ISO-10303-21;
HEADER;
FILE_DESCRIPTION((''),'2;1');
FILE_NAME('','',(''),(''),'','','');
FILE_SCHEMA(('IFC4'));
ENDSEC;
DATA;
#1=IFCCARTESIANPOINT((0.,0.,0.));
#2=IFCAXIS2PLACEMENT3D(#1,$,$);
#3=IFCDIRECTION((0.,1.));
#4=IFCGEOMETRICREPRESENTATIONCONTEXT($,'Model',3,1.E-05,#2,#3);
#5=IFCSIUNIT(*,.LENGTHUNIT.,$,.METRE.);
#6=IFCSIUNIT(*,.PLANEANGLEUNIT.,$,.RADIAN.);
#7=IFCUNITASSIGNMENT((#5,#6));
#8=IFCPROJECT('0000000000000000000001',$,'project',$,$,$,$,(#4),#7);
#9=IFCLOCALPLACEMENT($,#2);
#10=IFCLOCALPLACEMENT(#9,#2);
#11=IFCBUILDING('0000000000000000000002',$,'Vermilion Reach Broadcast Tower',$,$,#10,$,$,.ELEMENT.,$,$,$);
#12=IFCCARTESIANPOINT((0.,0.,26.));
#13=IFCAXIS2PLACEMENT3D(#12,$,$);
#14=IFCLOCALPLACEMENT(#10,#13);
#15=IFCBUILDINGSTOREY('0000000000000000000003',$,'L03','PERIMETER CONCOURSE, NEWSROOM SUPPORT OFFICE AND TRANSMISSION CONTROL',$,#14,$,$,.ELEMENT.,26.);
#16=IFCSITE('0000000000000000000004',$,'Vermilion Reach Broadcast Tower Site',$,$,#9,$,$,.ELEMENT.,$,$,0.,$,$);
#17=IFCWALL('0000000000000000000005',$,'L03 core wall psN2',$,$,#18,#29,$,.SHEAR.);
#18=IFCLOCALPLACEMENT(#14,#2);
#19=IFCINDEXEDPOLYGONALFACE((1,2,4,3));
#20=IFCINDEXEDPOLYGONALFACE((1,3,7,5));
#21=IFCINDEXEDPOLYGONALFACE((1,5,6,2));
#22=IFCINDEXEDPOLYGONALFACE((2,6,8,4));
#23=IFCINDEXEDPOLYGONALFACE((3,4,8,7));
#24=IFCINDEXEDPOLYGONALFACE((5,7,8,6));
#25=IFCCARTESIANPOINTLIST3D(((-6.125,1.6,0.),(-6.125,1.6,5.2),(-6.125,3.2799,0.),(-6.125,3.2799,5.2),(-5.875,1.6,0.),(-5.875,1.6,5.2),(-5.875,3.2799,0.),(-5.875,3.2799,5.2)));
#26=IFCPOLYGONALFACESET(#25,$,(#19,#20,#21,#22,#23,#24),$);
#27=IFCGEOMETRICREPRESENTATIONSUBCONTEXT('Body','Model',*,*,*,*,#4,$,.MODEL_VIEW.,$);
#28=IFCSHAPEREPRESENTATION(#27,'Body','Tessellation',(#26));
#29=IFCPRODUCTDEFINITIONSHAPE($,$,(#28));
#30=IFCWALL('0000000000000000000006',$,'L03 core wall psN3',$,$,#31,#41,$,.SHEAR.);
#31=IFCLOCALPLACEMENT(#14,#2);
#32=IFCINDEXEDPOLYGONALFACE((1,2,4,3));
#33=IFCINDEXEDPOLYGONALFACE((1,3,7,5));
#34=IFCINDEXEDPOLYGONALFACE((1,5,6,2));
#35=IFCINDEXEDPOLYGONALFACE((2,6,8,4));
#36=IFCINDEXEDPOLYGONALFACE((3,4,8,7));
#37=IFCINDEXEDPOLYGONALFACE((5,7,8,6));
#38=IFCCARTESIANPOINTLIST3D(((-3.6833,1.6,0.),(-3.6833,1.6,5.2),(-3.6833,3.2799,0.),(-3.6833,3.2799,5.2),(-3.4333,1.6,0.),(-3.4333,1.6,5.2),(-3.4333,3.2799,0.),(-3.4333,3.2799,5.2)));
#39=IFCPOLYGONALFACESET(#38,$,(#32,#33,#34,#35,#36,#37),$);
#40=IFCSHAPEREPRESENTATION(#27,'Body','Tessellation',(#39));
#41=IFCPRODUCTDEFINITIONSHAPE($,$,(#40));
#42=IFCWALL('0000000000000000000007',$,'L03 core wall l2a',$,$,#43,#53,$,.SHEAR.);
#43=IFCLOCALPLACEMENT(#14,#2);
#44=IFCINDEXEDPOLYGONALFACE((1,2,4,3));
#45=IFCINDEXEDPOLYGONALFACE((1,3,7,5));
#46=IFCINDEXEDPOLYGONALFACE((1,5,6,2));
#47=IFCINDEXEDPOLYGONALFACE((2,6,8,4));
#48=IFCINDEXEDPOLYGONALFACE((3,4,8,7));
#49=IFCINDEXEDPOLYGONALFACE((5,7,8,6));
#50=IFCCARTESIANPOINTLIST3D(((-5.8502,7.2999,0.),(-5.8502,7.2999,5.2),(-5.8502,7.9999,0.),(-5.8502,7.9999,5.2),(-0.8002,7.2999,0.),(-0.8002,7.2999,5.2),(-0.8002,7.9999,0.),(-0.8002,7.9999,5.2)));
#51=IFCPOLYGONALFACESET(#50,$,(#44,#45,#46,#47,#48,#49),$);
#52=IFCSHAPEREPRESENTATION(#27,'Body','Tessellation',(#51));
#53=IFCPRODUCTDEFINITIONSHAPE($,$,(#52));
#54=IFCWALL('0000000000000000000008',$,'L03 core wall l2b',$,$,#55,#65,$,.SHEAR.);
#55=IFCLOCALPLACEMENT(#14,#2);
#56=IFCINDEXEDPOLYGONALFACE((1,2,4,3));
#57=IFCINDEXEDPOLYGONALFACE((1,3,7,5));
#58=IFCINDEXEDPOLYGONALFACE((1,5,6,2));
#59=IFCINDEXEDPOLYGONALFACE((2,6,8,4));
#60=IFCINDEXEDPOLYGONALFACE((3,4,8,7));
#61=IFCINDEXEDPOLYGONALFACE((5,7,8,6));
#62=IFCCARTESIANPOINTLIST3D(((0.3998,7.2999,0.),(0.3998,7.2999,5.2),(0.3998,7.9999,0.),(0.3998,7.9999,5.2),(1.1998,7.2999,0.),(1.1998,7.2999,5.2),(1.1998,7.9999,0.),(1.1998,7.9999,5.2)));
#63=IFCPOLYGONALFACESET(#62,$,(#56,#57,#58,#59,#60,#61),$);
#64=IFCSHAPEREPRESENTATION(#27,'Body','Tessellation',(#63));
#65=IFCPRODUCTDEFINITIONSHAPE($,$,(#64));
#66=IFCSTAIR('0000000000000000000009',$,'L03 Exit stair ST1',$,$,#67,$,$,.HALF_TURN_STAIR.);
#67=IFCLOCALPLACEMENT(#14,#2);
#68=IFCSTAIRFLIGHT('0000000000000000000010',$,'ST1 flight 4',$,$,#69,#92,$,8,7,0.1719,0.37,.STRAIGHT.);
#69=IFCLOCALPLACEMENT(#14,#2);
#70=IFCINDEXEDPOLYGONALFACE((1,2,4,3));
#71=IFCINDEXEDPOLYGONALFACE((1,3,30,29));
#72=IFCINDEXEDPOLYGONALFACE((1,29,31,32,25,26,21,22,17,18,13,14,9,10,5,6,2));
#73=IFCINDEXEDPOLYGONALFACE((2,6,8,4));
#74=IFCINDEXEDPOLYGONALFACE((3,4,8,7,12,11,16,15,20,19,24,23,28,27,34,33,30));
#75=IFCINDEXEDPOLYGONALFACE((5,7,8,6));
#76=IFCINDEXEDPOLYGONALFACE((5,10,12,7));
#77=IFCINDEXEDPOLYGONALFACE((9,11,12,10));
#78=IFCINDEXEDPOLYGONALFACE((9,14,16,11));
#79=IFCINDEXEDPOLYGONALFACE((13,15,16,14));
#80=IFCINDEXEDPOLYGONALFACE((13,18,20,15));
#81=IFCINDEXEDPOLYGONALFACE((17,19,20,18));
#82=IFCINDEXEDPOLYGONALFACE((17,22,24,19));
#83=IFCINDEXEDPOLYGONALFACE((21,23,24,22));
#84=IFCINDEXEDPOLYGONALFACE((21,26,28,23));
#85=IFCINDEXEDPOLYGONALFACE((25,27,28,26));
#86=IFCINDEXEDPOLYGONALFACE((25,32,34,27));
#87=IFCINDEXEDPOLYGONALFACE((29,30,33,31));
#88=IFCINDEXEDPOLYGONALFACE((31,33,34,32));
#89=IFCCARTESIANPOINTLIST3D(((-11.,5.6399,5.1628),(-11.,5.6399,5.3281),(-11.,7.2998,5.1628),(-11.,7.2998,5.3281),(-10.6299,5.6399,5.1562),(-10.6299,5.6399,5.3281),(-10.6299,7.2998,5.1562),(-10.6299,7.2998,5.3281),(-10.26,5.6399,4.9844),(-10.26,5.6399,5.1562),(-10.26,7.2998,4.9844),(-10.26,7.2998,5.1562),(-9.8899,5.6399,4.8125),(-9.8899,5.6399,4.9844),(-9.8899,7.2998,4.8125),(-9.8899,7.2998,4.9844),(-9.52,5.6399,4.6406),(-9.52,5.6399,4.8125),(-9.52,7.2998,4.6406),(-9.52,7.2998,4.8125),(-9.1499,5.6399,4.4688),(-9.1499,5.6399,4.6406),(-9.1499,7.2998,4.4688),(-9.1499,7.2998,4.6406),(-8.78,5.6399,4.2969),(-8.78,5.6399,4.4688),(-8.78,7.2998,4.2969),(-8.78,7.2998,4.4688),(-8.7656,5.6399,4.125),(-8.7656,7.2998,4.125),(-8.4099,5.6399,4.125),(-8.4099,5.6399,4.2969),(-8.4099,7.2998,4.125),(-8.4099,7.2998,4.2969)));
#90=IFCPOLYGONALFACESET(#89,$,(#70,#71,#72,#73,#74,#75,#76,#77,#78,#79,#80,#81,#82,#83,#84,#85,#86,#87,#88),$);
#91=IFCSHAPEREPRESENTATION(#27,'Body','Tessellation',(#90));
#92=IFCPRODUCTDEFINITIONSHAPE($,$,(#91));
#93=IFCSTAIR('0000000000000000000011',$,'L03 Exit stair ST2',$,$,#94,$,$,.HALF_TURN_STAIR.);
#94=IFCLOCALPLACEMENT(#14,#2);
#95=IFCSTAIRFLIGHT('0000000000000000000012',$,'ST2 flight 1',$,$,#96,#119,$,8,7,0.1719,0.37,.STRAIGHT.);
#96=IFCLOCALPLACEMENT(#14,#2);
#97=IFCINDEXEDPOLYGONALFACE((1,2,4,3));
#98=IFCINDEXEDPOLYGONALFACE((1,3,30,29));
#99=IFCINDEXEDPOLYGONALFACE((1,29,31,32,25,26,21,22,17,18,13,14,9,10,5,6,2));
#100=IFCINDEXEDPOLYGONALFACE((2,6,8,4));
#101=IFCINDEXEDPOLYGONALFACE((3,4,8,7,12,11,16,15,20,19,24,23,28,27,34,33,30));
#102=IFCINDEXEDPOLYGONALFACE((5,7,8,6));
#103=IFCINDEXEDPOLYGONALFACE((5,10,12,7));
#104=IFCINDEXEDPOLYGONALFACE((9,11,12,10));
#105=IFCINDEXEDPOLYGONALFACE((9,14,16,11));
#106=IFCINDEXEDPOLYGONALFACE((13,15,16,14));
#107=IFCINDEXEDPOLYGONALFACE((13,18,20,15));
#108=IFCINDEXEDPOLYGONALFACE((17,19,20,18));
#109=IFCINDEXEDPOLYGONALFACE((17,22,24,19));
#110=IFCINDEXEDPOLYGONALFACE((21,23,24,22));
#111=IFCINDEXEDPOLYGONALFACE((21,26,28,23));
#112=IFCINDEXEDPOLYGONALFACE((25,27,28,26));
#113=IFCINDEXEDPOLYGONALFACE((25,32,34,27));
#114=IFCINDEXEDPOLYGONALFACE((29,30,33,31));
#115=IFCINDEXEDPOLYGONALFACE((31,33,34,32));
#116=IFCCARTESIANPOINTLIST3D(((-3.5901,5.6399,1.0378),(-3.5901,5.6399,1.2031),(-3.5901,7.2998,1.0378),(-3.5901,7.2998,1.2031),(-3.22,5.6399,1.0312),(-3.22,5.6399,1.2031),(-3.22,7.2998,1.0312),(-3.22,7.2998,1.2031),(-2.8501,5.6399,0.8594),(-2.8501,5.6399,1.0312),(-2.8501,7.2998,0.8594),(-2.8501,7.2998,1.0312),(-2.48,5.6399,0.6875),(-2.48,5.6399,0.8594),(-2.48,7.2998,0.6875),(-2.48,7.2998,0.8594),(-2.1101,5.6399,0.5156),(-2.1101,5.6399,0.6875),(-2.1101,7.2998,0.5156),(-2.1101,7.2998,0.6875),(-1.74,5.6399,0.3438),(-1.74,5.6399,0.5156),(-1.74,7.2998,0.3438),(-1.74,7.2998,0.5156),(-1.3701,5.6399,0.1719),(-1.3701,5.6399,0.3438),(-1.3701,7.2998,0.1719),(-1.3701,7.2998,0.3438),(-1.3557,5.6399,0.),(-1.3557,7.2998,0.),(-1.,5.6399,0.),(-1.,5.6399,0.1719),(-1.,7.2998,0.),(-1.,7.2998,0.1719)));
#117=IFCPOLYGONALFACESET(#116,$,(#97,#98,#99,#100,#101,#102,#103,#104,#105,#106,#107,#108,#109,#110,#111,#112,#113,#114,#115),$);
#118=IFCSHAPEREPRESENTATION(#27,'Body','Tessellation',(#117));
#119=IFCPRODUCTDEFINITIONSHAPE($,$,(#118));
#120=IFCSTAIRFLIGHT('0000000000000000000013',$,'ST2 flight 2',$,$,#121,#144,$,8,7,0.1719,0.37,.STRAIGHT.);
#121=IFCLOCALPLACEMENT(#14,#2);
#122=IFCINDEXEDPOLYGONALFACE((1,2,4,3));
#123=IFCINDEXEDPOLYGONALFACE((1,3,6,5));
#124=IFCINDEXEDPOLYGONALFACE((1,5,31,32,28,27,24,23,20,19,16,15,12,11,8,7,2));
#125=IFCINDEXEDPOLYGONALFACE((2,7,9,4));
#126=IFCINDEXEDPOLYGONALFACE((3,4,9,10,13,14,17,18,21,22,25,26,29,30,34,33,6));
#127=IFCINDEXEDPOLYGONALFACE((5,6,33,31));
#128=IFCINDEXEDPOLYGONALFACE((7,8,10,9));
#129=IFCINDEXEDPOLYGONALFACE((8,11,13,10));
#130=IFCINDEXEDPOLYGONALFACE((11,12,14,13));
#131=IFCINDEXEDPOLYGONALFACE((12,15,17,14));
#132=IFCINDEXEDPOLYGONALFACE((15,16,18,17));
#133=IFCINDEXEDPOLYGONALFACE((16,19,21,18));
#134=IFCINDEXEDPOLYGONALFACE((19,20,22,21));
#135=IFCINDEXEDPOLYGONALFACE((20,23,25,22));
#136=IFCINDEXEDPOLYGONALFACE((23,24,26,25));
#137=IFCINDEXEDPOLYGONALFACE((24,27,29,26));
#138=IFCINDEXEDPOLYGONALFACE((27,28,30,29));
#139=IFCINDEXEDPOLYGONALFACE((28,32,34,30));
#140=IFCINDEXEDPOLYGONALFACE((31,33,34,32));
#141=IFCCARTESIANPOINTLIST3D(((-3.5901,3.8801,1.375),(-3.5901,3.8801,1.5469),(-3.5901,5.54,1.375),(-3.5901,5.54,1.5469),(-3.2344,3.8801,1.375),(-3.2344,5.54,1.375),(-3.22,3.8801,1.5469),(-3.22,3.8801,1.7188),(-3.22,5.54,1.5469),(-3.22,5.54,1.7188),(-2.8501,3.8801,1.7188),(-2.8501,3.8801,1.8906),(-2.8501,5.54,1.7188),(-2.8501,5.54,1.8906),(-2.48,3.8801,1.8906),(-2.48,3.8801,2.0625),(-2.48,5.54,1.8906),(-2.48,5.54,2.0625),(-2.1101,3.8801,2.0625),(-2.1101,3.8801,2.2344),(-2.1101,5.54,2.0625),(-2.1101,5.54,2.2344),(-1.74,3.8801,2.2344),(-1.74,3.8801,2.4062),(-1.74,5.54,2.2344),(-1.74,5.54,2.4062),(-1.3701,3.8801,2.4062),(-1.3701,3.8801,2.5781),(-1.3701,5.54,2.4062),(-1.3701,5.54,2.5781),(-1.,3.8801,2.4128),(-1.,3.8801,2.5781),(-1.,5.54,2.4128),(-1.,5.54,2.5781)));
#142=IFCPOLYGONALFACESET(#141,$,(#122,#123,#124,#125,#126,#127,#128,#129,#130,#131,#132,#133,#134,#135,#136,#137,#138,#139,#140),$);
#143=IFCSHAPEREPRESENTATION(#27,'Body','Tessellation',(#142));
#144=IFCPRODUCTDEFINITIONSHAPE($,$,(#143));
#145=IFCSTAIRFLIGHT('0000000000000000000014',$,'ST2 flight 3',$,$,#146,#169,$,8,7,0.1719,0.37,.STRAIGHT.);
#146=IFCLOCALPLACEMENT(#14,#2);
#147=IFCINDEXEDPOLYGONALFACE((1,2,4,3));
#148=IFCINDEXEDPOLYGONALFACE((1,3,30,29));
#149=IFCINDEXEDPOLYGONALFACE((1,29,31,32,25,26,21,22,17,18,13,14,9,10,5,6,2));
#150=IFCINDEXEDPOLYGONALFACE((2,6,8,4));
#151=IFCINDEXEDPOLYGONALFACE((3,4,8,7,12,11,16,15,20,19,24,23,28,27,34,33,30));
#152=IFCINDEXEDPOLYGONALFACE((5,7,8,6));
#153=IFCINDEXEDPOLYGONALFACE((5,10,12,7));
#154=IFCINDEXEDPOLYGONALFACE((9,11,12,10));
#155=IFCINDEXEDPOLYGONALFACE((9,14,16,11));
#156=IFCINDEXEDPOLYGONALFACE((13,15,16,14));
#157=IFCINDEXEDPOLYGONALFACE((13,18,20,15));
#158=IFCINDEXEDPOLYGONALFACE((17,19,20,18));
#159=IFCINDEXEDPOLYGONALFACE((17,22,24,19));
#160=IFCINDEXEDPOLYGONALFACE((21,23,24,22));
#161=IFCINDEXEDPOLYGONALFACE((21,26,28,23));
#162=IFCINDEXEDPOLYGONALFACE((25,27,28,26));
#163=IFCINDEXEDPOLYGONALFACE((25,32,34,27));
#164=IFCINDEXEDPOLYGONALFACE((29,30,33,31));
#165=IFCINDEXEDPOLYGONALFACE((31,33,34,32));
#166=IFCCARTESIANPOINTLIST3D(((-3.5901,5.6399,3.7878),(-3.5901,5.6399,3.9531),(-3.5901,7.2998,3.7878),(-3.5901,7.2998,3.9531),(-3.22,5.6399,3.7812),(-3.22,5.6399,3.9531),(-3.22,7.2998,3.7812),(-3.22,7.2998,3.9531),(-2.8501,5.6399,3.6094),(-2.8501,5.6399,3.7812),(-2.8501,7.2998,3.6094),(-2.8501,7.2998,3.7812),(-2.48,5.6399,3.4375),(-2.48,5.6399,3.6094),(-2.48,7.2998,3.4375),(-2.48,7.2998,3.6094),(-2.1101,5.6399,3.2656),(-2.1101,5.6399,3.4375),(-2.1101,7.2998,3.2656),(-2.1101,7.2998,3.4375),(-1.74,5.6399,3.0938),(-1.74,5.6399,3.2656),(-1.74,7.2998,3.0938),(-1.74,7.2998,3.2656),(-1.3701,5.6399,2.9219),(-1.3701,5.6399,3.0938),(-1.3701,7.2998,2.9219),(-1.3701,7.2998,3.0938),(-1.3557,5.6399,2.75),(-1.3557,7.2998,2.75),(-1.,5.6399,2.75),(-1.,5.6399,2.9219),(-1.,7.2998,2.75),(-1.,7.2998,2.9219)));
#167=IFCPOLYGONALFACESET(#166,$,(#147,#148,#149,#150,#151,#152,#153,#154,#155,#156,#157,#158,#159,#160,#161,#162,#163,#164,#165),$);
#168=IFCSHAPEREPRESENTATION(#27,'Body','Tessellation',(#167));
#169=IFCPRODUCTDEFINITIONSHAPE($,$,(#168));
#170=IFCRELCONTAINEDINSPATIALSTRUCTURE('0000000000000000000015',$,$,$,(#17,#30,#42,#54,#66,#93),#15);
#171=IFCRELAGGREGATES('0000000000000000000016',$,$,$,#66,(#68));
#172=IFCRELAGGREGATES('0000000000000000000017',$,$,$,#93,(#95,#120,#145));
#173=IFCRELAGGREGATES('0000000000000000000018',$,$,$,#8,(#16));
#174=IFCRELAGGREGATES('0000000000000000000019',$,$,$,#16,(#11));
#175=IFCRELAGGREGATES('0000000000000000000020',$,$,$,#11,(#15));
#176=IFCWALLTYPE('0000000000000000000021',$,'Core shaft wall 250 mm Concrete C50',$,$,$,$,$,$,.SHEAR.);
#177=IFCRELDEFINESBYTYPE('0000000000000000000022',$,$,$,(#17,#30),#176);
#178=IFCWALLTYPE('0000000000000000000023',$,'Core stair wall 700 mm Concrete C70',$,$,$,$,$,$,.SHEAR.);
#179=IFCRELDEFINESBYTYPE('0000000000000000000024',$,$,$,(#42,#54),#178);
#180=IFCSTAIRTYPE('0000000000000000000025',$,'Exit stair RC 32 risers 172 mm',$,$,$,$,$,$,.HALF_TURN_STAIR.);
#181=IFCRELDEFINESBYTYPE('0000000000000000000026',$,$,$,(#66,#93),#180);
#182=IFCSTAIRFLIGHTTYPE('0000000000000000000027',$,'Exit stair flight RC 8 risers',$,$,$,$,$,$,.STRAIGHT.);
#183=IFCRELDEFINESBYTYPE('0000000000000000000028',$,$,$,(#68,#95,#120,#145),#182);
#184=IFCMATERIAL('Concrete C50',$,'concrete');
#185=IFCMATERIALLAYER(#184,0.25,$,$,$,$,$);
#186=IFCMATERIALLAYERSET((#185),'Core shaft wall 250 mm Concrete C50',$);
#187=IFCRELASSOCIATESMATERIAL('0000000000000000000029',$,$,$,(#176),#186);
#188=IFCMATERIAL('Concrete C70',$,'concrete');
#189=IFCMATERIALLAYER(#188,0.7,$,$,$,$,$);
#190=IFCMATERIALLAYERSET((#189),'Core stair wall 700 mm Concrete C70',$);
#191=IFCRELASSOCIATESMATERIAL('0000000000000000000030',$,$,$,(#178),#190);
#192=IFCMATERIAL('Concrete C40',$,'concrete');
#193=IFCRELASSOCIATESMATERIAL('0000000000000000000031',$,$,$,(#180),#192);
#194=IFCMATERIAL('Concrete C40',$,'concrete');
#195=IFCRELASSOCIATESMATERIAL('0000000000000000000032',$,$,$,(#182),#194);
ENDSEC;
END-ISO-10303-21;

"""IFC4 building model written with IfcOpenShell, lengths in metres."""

from ifc_helpers import new_model, si_unit, direction, frame, frame_2d, origin, place, context, subcontext, project, spatial, polyline, rectangle, outline, extrude, material, layer, layer_set, type_object, element, aggregate, save


model = new_model("IFC4")

# Units and contexts
model_context = context("Model", 3, precision=1e-05, world=origin(), true_north=direction((0.0, 1.0)))
body_context = subcontext(model_context, "Body", "Model", "MODEL_VIEW")
ifc_project = project(units=[si_unit("LENGTHUNIT", "METRE"), si_unit("PLANEANGLEUNIT", "RADIAN")], contexts=[model_context])

# Site, building, storey
site_placement = place(None, origin())
site = spatial("IfcSite", under=ifc_project, at=site_placement, Name="Vermilion Reach Broadcast Tower Site", CompositionType="ELEMENT", RefElevation=0.0)
building_placement = place(site_placement, origin())
building = spatial("IfcBuilding", under=site, at=building_placement, Name="Vermilion Reach Broadcast Tower", CompositionType="ELEMENT")
storey_placement = place(building_placement, frame((0.0, 0.0, 26.0)))
storey = spatial("IfcBuildingStorey", under=building, at=storey_placement, Name="L03", Description="PERIMETER CONCOURSE, NEWSROOM SUPPORT OFFICE AND TRANSMISSION CONTROL", CompositionType="ELEMENT", Elevation=26.0)

# Walls
ifc_material_1 = material(Name="Concrete C50", Category="concrete")
ifc_layer_1 = layer(ifc_material_1, 0.25)
ifc_layer_set_1 = layer_set([ifc_layer_1], Name="Core shaft wall 250 mm Concrete C50")
wall_type_1 = type_object("IfcWallType", Name="Core shaft wall 250 mm Concrete C50", PredefinedType="SHEAR", material=ifc_layer_set_1)
for number, where, z_axis, x_axis, name in (
    (1, (-6.0, 1.6001, 0.0), (0.0, 0.0, 1.0), (0.0, 1.0, 0.0), "L03 core wall psN2"),
    (2, (-3.5583, 1.6001, 0.0), (0.0, 0.0, 1.0), (0.0, 1.0, 0.0), "L03 core wall psN3"),
):
    element("IfcWall", number, at=place(storey_placement, frame(where, z_axis=z_axis, x_axis=x_axis)), inside=storey, type_object=wall_type_1, Name=name, PredefinedType="SHEAR", context=body_context, shape_type="SweptSolid", body=[
        extrude(rectangle(XDim=1.6799, YDim=0.25, at=frame_2d((0.8398, 0.0))), origin(), (0.0, 0.0, 1.0), 5.2),
    ])
ifc_material_2 = material(Name="Concrete C70", Category="concrete")
ifc_layer_2 = layer(ifc_material_2, 0.7)
ifc_layer_set_2 = layer_set([ifc_layer_2], Name="Core stair wall 700 mm Concrete C70")
wall_type_2 = type_object("IfcWallType", Name="Core stair wall 700 mm Concrete C70", PredefinedType="SHEAR", material=ifc_layer_set_2)
wall_1_placement = place(storey_placement, frame((-5.8501, 7.6499, 0.0), z_axis=(0.0, 0.0, 1.0), x_axis=(1.0, 0.0, 0.0)))
element("IfcWall", 3, at=wall_1_placement, inside=storey, type_object=wall_type_2, Name="L03 core wall l2a", PredefinedType="SHEAR", context=body_context, shape_type="SweptSolid", body=[
    extrude(rectangle(XDim=5.05, YDim=0.7, at=frame_2d((2.5249, 0.0))), origin(), (0.0, 0.0, 1.0), 5.2),
])
wall_2_placement = place(storey_placement, frame((0.3999, 7.6499, 0.0), z_axis=(0.0, 0.0, 1.0), x_axis=(1.0, 0.0, 0.0)))
element("IfcWall", 4, at=wall_2_placement, inside=storey, type_object=wall_type_2, Name="L03 core wall l2b", PredefinedType="SHEAR", context=body_context, shape_type="SweptSolid", body=[
    extrude(rectangle(XDim=0.8, YDim=0.7, at=frame_2d((0.3999, 0.0))), origin(), (0.0, 0.0, 1.0), 5.2),
])

# Stair, stair flight
ifc_material_3 = material(Name="Concrete C40", Category="concrete")
stair_type = type_object("IfcStairType", Name="Exit stair RC 32 risers 172 mm", PredefinedType="HALF_TURN_STAIR", material=ifc_material_3)
placement = place(storey_placement, origin())
stair_1 = element("IfcStair", 5, at=placement, inside=storey, type_object=stair_type, Name="L03 Exit stair ST1", PredefinedType="HALF_TURN_STAIR")
ifc_material_4 = material(Name="Concrete C40", Category="concrete")
stair_flight_type = type_object("IfcStairFlightType", Name="Exit stair flight RC 8 risers", PredefinedType="STRAIGHT", material=ifc_material_4)
stair_flight_1_placement = place(storey_placement, frame((-8.4099, 6.47, 4.125), z_axis=(0.0, 0.0, 1.0), x_axis=(-1.0, 0.0, 0.0)))
stair_flight_1 = element("IfcStairFlight", 6, at=stair_flight_1_placement, type_object=stair_flight_type, Name="ST1 flight 4", NumberOfRisers=8, NumberOfTreads=7, PredefinedType="STRAIGHT", RiserHeight=0.1719, TreadLength=0.37, context=body_context, shape_type="SweptSolid", body=[
    extrude(outline(polyline([(0.0, 0.0), (0.0, 0.1719), (0.3701, 0.1719), (0.3701, 0.3438), (0.74, 0.3438), (0.74, 0.5156), (1.1101, 0.5156), (1.1101, 0.6875), (1.48, 0.6875), (1.48, 0.8594), (1.8501, 0.8594), (1.8501, 1.0312), (2.22, 1.0312), (2.22, 1.2031), (2.5901, 1.2031), (2.5901, 1.375), (2.5901, 1.0378), (0.3557, 0.0), (0.0, 0.0)])), frame((0.0, 0.8301, 0.0), z_axis=(0.0, -1.0, 0.0), x_axis=(1.0, 0.0, 0.0)), (0.0, 0.0, 1.0), 1.6599),
])
aggregate(stair_1, [stair_flight_1])

# Stair, stair flights
stair_2 = element("IfcStair", 7, at=placement, inside=storey, type_object=stair_type, Name="L03 Exit stair ST2", PredefinedType="HALF_TURN_STAIR")
stair_flight_2_placement = place(storey_placement, frame((-1.0, 6.47, 0.0), z_axis=(0.0, 0.0, 1.0), x_axis=(-1.0, 0.0, 0.0)))
stair_flight_2 = element("IfcStairFlight", 8, at=stair_flight_2_placement, type_object=stair_flight_type, Name="ST2 flight 1", NumberOfRisers=8, NumberOfTreads=7, PredefinedType="STRAIGHT", RiserHeight=0.1719, TreadLength=0.37, context=body_context, shape_type="SweptSolid", body=[
    extrude(outline(polyline([(0.0, 0.0), (0.0, 0.1719), (0.3701, 0.1719), (0.3701, 0.3438), (0.74, 0.3438), (0.74, 0.5156), (1.1101, 0.5156), (1.1101, 0.6875), (1.48, 0.6875), (1.48, 0.8594), (1.8501, 0.8594), (1.8501, 1.0312), (2.22, 1.0312), (2.22, 1.2031), (2.5901, 1.2031), (2.5901, 1.375), (2.5901, 1.0378), (0.3557, 0.0), (0.0, 0.0)])), frame((0.0, 0.8301, 0.0), z_axis=(0.0, -1.0, 0.0), x_axis=(1.0, 0.0, 0.0)), (0.0, 0.0, 1.0), 1.6599),
])
stair_flight_3_placement = place(storey_placement, frame((-3.5901, 4.71, 1.375), z_axis=(0.0, 0.0, 1.0), x_axis=(1.0, 0.0, 0.0)))
stair_flight_3 = element("IfcStairFlight", 9, at=stair_flight_3_placement, type_object=stair_flight_type, Name="ST2 flight 2", NumberOfRisers=8, NumberOfTreads=7, PredefinedType="STRAIGHT", RiserHeight=0.1719, TreadLength=0.37, context=body_context, shape_type="SweptSolid", body=[
    extrude(outline(polyline([(0.0, 0.0), (0.0, 0.1719), (0.3701, 0.1719), (0.3701, 0.3438), (0.74, 0.3438), (0.74, 0.5156), (1.1101, 0.5156), (1.1101, 0.6875), (1.48, 0.6875), (1.48, 0.8594), (1.8501, 0.8594), (1.8501, 1.0312), (2.22, 1.0312), (2.22, 1.2031), (2.5901, 1.2031), (2.5901, 1.375), (2.5901, 1.0378), (0.3557, 0.0), (0.0, 0.0)])), frame((0.0, 0.8301, 0.0), z_axis=(0.0, -1.0, 0.0), x_axis=(1.0, 0.0, 0.0)), (0.0, 0.0, 1.0), 1.6599),
])
stair_flight_4_placement = place(storey_placement, frame((-1.0, 6.47, 2.75), z_axis=(0.0, 0.0, 1.0), x_axis=(-1.0, 0.0, 0.0)))
stair_flight_4 = element("IfcStairFlight", 10, at=stair_flight_4_placement, type_object=stair_flight_type, Name="ST2 flight 3", NumberOfRisers=8, NumberOfTreads=7, PredefinedType="STRAIGHT", RiserHeight=0.1719, TreadLength=0.37, context=body_context, shape_type="SweptSolid", body=[
    extrude(outline(polyline([(0.0, 0.0), (0.0, 0.1719), (0.3701, 0.1719), (0.3701, 0.3438), (0.74, 0.3438), (0.74, 0.5156), (1.1101, 0.5156), (1.1101, 0.6875), (1.48, 0.6875), (1.48, 0.8594), (1.8501, 0.8594), (1.8501, 1.0312), (2.22, 1.0312), (2.22, 1.2031), (2.5901, 1.2031), (2.5901, 1.375), (2.5901, 1.0378), (0.3557, 0.0), (0.0, 0.0)])), frame((0.0, 0.8301, 0.0), z_axis=(0.0, -1.0, 0.0), x_axis=(1.0, 0.0, 0.0)), (0.0, 0.0, 1.0), 1.6599),
])
aggregate(stair_2, [stair_flight_2, stair_flight_3, stair_flight_4])

save(model, "model.ifc")
